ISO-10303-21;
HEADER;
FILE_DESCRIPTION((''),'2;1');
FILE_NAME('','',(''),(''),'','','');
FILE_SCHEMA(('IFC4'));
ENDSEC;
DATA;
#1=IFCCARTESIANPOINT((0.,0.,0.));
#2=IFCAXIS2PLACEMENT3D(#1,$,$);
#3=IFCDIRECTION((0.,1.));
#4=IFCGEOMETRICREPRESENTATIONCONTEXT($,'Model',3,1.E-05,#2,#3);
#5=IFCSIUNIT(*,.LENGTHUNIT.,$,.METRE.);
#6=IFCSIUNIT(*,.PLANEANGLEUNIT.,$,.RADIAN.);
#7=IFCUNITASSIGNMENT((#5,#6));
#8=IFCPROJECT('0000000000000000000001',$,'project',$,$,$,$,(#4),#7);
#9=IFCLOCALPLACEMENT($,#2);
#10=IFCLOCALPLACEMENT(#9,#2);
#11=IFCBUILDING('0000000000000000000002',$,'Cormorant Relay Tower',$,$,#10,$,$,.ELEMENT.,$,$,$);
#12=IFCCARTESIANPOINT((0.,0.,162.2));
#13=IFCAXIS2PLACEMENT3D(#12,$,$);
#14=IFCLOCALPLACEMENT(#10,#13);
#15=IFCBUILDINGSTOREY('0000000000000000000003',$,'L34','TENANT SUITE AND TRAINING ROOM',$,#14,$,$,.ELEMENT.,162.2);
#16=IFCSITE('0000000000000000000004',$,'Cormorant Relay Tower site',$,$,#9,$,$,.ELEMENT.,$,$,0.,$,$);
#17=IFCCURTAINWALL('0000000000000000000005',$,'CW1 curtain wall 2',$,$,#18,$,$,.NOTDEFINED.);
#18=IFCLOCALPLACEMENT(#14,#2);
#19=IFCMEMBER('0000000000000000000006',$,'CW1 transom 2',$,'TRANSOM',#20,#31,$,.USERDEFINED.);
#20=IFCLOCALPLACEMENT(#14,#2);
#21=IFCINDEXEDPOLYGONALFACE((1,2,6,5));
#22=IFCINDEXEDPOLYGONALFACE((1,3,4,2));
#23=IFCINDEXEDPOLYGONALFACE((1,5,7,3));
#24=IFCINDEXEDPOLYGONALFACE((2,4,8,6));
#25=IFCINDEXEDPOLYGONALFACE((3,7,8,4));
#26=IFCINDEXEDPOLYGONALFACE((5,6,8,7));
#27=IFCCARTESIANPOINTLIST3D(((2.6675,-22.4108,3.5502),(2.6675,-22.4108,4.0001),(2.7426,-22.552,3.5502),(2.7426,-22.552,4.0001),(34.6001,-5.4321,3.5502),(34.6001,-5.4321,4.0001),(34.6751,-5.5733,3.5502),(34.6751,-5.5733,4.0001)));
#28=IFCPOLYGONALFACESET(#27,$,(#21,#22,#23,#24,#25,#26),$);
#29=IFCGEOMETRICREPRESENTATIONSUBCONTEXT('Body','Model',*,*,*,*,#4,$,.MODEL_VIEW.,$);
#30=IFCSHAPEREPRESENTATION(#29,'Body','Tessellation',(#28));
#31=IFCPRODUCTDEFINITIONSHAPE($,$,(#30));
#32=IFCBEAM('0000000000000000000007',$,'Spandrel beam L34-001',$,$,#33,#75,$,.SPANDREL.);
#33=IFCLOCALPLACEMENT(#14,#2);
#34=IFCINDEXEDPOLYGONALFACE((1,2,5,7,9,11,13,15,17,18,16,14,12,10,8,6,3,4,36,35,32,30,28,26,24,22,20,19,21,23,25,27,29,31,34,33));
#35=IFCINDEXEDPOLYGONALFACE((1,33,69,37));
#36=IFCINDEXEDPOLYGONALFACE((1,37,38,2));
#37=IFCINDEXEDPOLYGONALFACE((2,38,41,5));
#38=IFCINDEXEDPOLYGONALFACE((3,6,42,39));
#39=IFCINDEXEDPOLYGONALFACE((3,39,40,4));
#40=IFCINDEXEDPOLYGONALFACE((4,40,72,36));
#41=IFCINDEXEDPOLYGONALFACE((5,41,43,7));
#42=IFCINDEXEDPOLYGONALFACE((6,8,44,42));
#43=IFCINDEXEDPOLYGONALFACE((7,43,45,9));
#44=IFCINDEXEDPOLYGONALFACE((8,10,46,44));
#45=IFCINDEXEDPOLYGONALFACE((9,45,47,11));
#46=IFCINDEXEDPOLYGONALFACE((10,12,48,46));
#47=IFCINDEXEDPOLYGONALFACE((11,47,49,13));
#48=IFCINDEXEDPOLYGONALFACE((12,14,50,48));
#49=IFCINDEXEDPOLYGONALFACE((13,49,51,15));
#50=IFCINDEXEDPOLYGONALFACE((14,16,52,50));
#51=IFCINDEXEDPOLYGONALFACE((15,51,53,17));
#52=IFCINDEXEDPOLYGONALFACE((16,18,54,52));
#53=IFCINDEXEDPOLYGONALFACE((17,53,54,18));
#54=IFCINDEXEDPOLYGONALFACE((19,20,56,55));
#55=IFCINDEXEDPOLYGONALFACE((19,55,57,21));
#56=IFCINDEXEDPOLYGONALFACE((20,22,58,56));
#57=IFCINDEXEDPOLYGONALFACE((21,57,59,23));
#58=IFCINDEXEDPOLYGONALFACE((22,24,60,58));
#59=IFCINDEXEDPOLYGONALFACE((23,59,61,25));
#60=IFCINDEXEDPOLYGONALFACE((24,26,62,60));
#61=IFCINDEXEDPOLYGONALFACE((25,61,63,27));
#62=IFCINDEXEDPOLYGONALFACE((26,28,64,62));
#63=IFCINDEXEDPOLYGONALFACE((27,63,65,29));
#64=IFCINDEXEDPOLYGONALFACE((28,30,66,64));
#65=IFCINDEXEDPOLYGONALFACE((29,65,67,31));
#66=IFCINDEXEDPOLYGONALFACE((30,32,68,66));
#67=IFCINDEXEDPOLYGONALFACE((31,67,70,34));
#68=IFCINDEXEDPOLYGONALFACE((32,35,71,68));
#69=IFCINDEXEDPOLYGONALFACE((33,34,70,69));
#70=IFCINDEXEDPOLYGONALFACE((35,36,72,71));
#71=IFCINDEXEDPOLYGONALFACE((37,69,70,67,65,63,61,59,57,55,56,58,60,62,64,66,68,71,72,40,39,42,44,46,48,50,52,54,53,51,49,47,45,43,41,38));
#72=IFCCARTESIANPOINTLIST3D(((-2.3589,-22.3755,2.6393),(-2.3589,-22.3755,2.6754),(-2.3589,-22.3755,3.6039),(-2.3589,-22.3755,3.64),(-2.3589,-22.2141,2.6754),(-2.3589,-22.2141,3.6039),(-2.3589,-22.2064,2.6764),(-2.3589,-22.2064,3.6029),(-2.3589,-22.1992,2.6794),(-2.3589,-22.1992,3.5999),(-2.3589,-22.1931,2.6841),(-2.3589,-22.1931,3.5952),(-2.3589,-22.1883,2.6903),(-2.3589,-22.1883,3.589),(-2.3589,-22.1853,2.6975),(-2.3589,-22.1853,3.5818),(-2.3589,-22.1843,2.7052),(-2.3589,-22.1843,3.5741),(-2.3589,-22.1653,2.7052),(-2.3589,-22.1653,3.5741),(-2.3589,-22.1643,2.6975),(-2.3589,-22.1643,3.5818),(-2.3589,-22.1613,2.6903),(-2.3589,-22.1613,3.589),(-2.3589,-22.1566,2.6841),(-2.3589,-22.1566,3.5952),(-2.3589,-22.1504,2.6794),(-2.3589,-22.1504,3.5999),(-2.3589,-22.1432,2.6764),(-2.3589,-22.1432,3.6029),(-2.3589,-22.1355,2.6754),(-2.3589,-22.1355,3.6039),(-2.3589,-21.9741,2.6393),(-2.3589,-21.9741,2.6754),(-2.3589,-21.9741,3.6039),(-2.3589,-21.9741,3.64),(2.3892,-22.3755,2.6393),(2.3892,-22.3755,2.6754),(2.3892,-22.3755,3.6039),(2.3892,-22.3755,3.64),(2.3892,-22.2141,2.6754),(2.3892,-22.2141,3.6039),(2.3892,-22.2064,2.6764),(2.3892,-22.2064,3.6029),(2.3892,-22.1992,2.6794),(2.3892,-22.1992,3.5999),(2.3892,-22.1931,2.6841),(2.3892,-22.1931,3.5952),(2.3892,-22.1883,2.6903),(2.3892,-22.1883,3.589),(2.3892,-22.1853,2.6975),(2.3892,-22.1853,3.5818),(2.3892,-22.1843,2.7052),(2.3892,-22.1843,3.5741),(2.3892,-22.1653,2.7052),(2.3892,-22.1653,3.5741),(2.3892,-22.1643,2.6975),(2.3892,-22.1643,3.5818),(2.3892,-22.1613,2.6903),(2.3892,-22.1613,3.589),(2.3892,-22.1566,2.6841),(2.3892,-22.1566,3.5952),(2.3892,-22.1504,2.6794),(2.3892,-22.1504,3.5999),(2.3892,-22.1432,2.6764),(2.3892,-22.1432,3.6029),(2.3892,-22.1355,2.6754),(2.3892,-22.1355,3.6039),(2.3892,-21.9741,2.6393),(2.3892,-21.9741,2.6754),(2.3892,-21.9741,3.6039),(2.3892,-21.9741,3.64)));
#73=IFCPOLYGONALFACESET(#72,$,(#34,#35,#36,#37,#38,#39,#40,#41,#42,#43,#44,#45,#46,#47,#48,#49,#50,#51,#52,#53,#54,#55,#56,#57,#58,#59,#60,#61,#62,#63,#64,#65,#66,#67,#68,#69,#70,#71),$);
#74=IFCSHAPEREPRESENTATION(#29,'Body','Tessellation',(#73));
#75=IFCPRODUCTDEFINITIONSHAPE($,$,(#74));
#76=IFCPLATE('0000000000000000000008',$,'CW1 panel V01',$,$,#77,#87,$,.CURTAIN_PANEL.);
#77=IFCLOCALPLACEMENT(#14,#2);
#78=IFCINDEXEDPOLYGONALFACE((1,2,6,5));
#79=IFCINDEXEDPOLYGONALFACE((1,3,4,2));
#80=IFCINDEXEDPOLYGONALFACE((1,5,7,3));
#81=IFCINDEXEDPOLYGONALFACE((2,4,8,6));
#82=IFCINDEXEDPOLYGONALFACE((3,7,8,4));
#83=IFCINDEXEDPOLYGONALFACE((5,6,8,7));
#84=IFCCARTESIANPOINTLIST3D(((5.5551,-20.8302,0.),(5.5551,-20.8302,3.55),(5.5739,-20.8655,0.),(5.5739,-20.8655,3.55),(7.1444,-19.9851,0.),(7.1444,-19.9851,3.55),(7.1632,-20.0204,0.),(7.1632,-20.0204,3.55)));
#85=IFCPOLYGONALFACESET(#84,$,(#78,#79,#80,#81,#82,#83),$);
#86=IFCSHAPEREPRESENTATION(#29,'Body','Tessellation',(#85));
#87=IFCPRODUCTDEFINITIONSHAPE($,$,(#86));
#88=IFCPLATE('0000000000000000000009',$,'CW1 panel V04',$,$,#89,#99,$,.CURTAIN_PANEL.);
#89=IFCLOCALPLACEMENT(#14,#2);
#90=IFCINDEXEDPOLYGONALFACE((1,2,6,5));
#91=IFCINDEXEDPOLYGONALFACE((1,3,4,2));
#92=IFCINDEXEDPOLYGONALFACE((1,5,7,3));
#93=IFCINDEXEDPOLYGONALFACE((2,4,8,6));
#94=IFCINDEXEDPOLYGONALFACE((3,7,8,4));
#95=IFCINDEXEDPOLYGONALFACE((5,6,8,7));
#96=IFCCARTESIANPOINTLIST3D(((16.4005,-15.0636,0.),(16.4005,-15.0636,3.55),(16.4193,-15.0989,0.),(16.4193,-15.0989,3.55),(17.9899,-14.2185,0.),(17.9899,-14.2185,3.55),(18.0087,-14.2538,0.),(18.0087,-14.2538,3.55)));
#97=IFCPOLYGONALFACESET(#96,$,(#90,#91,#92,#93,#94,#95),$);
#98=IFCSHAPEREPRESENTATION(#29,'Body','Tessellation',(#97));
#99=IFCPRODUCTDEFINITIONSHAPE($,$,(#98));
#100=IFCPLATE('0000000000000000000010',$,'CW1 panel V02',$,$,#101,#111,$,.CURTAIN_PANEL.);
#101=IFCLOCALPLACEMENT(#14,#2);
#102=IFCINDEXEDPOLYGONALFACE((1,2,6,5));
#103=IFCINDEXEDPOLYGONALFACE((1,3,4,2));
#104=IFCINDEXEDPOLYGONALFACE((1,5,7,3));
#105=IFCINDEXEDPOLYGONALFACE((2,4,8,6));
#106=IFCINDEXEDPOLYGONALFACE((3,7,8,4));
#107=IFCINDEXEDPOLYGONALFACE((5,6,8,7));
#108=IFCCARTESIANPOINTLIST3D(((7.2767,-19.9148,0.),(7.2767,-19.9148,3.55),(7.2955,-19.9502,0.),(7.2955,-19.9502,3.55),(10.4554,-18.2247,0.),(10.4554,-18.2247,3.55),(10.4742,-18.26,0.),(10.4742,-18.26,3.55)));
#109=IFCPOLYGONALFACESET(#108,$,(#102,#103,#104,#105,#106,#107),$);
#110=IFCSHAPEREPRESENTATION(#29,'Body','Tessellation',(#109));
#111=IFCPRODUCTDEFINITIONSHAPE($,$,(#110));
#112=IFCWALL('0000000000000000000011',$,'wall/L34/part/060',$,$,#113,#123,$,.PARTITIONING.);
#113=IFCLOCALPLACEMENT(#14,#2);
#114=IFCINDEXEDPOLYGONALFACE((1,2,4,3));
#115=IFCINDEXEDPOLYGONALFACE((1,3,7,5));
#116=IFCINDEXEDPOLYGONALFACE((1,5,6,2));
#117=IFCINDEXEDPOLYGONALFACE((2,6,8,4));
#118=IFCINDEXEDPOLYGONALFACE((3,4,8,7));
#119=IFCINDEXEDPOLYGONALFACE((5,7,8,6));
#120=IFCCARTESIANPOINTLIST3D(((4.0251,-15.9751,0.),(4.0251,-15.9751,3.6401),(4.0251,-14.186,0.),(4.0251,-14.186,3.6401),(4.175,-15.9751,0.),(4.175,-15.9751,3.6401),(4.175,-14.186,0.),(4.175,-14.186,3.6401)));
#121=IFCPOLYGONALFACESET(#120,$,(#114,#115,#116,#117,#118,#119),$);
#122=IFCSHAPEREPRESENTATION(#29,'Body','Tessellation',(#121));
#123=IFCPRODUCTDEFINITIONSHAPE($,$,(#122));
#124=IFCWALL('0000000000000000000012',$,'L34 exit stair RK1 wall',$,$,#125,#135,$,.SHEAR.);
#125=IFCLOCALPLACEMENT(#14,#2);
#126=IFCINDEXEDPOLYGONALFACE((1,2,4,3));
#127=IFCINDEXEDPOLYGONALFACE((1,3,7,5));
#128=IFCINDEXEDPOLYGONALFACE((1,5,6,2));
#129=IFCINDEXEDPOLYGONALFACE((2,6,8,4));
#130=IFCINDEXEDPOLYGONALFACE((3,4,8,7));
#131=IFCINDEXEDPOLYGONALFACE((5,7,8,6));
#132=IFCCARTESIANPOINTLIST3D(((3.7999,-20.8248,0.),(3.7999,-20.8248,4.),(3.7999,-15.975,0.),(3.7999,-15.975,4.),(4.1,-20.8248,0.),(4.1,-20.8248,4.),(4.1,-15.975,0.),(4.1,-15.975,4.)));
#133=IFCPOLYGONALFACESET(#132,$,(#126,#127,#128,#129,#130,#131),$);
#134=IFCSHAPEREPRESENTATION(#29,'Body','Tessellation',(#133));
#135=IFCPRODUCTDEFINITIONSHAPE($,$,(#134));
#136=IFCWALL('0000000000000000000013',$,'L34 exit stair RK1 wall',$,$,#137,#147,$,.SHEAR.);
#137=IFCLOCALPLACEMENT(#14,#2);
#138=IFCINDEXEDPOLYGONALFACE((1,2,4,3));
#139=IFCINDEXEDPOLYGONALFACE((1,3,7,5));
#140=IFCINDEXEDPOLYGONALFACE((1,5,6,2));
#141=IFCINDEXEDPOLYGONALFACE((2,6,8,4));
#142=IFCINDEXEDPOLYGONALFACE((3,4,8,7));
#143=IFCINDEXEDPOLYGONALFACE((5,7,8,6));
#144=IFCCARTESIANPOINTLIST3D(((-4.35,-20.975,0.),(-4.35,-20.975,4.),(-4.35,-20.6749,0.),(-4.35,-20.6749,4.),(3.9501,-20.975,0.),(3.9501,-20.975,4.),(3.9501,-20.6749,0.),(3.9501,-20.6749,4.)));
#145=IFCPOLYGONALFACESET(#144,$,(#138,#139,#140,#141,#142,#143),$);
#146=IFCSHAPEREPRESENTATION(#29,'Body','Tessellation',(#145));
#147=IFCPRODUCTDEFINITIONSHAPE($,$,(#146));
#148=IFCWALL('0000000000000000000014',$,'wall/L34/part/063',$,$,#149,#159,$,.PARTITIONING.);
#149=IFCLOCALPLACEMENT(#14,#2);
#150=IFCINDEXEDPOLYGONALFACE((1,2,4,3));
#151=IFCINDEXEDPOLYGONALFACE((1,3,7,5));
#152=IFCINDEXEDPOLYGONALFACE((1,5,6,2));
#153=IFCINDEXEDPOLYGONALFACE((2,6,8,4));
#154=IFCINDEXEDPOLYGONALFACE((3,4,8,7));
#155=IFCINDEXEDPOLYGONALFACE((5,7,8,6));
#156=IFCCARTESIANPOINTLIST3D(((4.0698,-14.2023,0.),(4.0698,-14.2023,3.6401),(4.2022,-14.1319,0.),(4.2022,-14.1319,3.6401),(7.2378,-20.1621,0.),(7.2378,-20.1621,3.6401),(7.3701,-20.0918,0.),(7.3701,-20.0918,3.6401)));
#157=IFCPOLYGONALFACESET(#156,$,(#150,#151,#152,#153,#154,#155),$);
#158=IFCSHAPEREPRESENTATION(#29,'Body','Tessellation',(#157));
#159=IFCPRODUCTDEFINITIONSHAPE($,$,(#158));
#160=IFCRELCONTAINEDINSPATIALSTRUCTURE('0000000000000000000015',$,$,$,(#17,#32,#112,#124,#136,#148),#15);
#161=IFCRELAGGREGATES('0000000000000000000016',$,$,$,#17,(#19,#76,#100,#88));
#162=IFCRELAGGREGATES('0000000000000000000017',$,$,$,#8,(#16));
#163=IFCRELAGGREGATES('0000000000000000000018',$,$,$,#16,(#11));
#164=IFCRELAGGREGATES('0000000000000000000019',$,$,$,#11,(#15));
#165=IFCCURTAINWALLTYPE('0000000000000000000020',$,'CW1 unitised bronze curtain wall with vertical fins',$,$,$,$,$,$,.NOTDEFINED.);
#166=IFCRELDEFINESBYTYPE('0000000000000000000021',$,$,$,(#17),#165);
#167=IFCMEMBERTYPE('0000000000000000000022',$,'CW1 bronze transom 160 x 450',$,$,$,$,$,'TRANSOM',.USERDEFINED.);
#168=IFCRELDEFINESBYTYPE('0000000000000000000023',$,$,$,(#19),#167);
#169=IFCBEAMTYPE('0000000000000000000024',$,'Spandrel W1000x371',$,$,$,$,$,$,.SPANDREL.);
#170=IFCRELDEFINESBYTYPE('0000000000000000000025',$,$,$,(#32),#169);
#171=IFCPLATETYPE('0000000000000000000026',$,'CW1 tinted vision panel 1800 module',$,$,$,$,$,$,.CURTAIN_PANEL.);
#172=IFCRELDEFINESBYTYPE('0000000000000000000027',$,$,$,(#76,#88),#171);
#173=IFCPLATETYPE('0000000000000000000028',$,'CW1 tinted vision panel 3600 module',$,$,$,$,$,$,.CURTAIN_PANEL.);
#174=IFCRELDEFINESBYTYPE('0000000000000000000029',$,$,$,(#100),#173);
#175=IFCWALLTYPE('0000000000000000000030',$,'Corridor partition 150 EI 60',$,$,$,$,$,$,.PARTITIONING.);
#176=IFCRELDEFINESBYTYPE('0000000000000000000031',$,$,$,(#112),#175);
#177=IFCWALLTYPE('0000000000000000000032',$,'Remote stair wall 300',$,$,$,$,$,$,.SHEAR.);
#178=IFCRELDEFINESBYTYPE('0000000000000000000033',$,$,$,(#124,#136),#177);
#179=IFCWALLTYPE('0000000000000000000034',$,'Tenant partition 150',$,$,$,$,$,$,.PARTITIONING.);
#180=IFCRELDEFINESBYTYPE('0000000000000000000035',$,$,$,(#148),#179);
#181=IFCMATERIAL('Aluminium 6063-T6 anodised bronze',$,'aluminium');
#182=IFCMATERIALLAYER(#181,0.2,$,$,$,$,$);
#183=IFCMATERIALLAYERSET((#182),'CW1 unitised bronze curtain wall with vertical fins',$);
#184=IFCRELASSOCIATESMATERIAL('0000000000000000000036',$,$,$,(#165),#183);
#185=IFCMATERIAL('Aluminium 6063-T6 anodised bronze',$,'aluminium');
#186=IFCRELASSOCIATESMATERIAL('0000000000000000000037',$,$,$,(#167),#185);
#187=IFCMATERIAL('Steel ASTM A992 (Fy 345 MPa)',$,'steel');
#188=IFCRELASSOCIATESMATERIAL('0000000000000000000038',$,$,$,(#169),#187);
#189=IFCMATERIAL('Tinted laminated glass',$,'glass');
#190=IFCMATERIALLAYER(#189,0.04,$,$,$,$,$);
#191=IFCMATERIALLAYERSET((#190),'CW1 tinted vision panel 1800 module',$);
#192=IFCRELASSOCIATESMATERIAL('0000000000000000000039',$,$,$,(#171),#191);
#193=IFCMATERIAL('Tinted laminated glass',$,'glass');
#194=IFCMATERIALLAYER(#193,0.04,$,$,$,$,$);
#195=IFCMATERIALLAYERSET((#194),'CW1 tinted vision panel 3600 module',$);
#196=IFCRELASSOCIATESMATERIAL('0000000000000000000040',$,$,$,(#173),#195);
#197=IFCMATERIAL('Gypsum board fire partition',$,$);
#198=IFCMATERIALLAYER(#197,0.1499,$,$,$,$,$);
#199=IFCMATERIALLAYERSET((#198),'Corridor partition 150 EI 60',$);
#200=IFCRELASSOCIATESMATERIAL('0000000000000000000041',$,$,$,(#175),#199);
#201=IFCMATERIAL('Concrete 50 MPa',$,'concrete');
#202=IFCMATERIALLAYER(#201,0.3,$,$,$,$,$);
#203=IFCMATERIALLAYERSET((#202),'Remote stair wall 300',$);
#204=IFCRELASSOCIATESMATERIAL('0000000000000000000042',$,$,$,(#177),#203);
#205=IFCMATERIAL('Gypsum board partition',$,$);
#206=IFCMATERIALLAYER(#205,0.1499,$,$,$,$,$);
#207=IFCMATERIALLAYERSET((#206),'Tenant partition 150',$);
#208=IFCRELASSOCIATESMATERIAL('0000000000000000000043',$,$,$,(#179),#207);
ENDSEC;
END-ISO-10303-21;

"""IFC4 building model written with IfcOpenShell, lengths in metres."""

from ifc_helpers import new_model, si_unit, direction, frame, frame_2d, origin, origin_2d, place, context, subcontext, project, spatial, rectangle, i_section, extrude, material, layer, layer_set, material_profile, profile_set, type_object, element, aggregate, save


model = new_model("IFC4")

# Units and contexts
model_context = context("Model", 3, precision=1e-05, world=origin(), true_north=direction((0.0, 1.0)))
body_context = subcontext(model_context, "Body", "Model", "MODEL_VIEW")
ifc_project = project(units=[si_unit("LENGTHUNIT", "METRE"), si_unit("PLANEANGLEUNIT", "RADIAN")], contexts=[model_context])

# Site, building, storey
site_placement = place(None, origin())
site = spatial("IfcSite", under=ifc_project, at=site_placement, Name="Cormorant Relay Tower site", CompositionType="ELEMENT", RefElevation=0.0)
building_placement = place(site_placement, origin())
building = spatial("IfcBuilding", under=site, at=building_placement, Name="Cormorant Relay Tower", CompositionType="ELEMENT")
storey_placement = place(building_placement, frame((0.0, 0.0, 162.2)))
storey = spatial("IfcBuildingStorey", under=building, at=storey_placement, Name="L34", Description="TENANT SUITE AND TRAINING ROOM", CompositionType="ELEMENT", Elevation=162.2)

# Curtain wall, member
ifc_material_1 = material(Name="Aluminium 6063-T6 anodised bronze", Category="aluminium")
ifc_layer_1 = layer(ifc_material_1, 0.2)
ifc_layer_set_1 = layer_set([ifc_layer_1], Name="CW1 unitised bronze curtain wall with vertical fins")
curtain_wall_type = type_object("IfcCurtainWallType", Name="CW1 unitised bronze curtain wall with vertical fins", PredefinedType="NOTDEFINED", material=ifc_layer_set_1)
curtain_wall_1_placement = place(storey_placement, origin())
curtain_wall_1 = element("IfcCurtainWall", 1, at=curtain_wall_1_placement, inside=storey, type_object=curtain_wall_type, Name="CW1 curtain wall 2", PredefinedType="NOTDEFINED")
ifc_material_2 = material(Name="Aluminium 6063-T6 anodised bronze", Category="aluminium")
ifc_material_profile_1 = material_profile(ifc_material_2, rectangle(XDim=0.1599, YDim=0.45, at=origin_2d()), Name="AL 160x450")
ifc_profile_set_1 = profile_set([ifc_material_profile_1], Name="Aluminium 6063-T6 anodised bronze")
member_type_1 = type_object("IfcMemberType", Name="CW1 bronze transom 160 x 450", ElementType="TRANSOM", PredefinedType="USERDEFINED", material=ifc_profile_set_1)
member_1_placement = place(storey_placement, frame((2.7051, -22.4814, 3.7751), z_axis=(0.882949, 0.469469, 0.0), x_axis=(-0.469469, 0.882949, 0.0)))
member_1 = element("IfcMember", 2, at=member_1_placement, type_object=member_type_1, Name="CW1 transom 2", ObjectType="TRANSOM", PredefinedType="USERDEFINED", context=body_context, shape_type="SweptSolid", body=[
    extrude(rectangle(XDim=0.1599, YDim=0.45, at=origin_2d()), origin(), (0.0, 0.0, 1.0), 36.1658),
])

# Beam
ifc_material_3 = material(Name="Steel ASTM A992 (Fy 345 MPa)", Category="steel")
ifc_material_profile_2 = material_profile(ifc_material_3, i_section(OverallWidth=0.4014, OverallDepth=1.0007, WebThickness=0.019, FlangeThickness=0.0361, FilletRadius=0.0298, at=origin_2d()), Name="W1000x371")
ifc_profile_set_2 = profile_set([ifc_material_profile_2], Name="Steel ASTM A992 (Fy 345 MPa)")
beam_type = type_object("IfcBeamType", Name="Spandrel W1000x371", PredefinedType="SPANDREL", material=ifc_profile_set_2)
beam_placement = place(storey_placement, frame((-2.3589, -22.1748, 3.1396), z_axis=(1.0, 0.0, 0.0), x_axis=(0.0, 1.0, 0.0)))
element("IfcBeam", 3, at=beam_placement, inside=storey, type_object=beam_type, Name="Spandrel beam L34-001", PredefinedType="SPANDREL", context=body_context, shape_type="SweptSolid", body=[
    extrude(i_section(OverallWidth=0.4014, OverallDepth=1.0007, WebThickness=0.019, FlangeThickness=0.0361, FilletRadius=0.0298, at=origin_2d()), origin(), (0.0, 0.0, 1.0), 4.748),
])

# Plates
ifc_material_4 = material(Name="Tinted laminated glass", Category="glass")
ifc_layer_2 = layer(ifc_material_4, 0.04)
ifc_layer_set_2 = layer_set([ifc_layer_2], Name="CW1 tinted vision panel 1800 module")
plate_type_1 = type_object("IfcPlateType", Name="CW1 tinted vision panel 1800 module", PredefinedType="CURTAIN_PANEL", material=ifc_layer_set_2)
plate_1_placement = place(storey_placement, frame((6.3591, -20.4253, 0.0), z_axis=(0.0, 0.0, 1.0), x_axis=(0.882948, 0.469472, 0.0)))
plate_1 = element("IfcPlate", 4, at=plate_1_placement, type_object=plate_type_1, Name="CW1 panel V01", PredefinedType="CURTAIN_PANEL", context=body_context, shape_type="SweptSolid", body=[
    extrude(rectangle(XDim=1.8, YDim=0.04, at=origin_2d()), origin(), (0.0, 0.0, 1.0), 3.55),
])
plate_2_placement = place(storey_placement, frame((17.2046, -14.6587, 0.0), z_axis=(0.0, 0.0, 1.0), x_axis=(0.882948, 0.469472, 0.0)))
plate_2 = element("IfcPlate", 5, at=plate_2_placement, type_object=plate_type_1, Name="CW1 panel V04", PredefinedType="CURTAIN_PANEL", context=body_context, shape_type="SweptSolid", body=[
    extrude(rectangle(XDim=1.8, YDim=0.04, at=origin_2d()), origin(), (0.0, 0.0, 1.0), 3.55),
])
ifc_material_5 = material(Name="Tinted laminated glass", Category="glass")
ifc_layer_3 = layer(ifc_material_5, 0.04)
ifc_layer_set_3 = layer_set([ifc_layer_3], Name="CW1 tinted vision panel 3600 module")
plate_type_2 = type_object("IfcPlateType", Name="CW1 tinted vision panel 3600 module", PredefinedType="CURTAIN_PANEL", material=ifc_layer_set_3)
plate_3_placement = place(storey_placement, frame((8.8755, -19.0874, 0.0), z_axis=(0.0, 0.0, 1.0), x_axis=(0.882948, 0.469472, 0.0)))
plate_3 = element("IfcPlate", 6, at=plate_3_placement, type_object=plate_type_2, Name="CW1 panel V02", PredefinedType="CURTAIN_PANEL", context=body_context, shape_type="SweptSolid", body=[
    extrude(rectangle(XDim=3.6001, YDim=0.04, at=origin_2d()), origin(), (0.0, 0.0, 1.0), 3.55),
])

# Walls
ifc_material_6 = material(Name="Gypsum board fire partition")
ifc_layer_4 = layer(ifc_material_6, 0.1499)
ifc_layer_set_4 = layer_set([ifc_layer_4], Name="Corridor partition 150 EI 60")
wall_type_1 = type_object("IfcWallType", Name="Corridor partition 150 EI 60", PredefinedType="PARTITIONING", material=ifc_layer_set_4)
wall_1_placement = place(storey_placement, frame((4.1001, -14.186, 0.0), z_axis=(0.0, 0.0, 1.0), x_axis=(0.0, -1.0, 0.0)))
element("IfcWall", 7, at=wall_1_placement, inside=storey, type_object=wall_type_1, Name="wall/L34/part/060", PredefinedType="PARTITIONING", context=body_context, shape_type="SweptSolid", body=[
    extrude(rectangle(XDim=1.7891, YDim=0.1499, at=frame_2d((0.8945, 0.0))), origin(), (0.0, 0.0, 1.0), 3.6401),
])
ifc_material_7 = material(Name="Concrete 50 MPa", Category="concrete")
ifc_layer_5 = layer(ifc_material_7, 0.3)
ifc_layer_set_5 = layer_set([ifc_layer_5], Name="Remote stair wall 300")
wall_type_2 = type_object("IfcWallType", Name="Remote stair wall 300", PredefinedType="SHEAR", material=ifc_layer_set_5)
wall_2_placement = place(storey_placement, frame((3.95, -15.9751, 0.0), z_axis=(0.0, 0.0, 1.0), x_axis=(0.0, -1.0, 0.0)))
element("IfcWall", 8, at=wall_2_placement, inside=storey, type_object=wall_type_2, Name="L34 exit stair RK1 wall", PredefinedType="SHEAR", context=body_context, shape_type="SweptSolid", body=[
    extrude(rectangle(XDim=4.8499, YDim=0.3, at=frame_2d((2.4248, 0.0))), origin(), (0.0, 0.0, 1.0), 4.0),
])
wall_3_placement = place(storey_placement, frame((3.95, -20.825, 0.0), z_axis=(0.0, 0.0, 1.0), x_axis=(-1.0, 0.0, 0.0)))
element("IfcWall", 9, at=wall_3_placement, inside=storey, type_object=wall_type_2, Name="L34 exit stair RK1 wall", PredefinedType="SHEAR", context=body_context, shape_type="SweptSolid", body=[
    extrude(rectangle(XDim=8.3, YDim=0.3, at=frame_2d((4.1499, 0.0))), origin(), (0.0, 0.0, 1.0), 4.0),
])
ifc_material_8 = material(Name="Gypsum board partition")
ifc_layer_6 = layer(ifc_material_8, 0.1499)
ifc_layer_set_6 = layer_set([ifc_layer_6], Name="Tenant partition 150")
wall_type_3 = type_object("IfcWallType", Name="Tenant partition 150", PredefinedType="PARTITIONING", material=ifc_layer_set_6)
wall_4_placement = place(storey_placement, frame((7.304, -20.127, 0.0), z_axis=(0.0, 0.0, 1.0), x_axis=(-0.469356, 0.883009, 0.0)))
element("IfcWall", 10, at=wall_4_placement, inside=storey, type_object=wall_type_3, Name="wall/L34/part/063", PredefinedType="PARTITIONING", context=body_context, shape_type="SweptSolid", body=[
    extrude(rectangle(XDim=6.7495, YDim=0.1499, at=frame_2d((3.3748, 0.0))), origin(), (0.0, 0.0, 1.0), 3.6401),
])

aggregate(curtain_wall_1, [member_1, plate_1, plate_3, plate_2])

save(model, "model.ifc")
